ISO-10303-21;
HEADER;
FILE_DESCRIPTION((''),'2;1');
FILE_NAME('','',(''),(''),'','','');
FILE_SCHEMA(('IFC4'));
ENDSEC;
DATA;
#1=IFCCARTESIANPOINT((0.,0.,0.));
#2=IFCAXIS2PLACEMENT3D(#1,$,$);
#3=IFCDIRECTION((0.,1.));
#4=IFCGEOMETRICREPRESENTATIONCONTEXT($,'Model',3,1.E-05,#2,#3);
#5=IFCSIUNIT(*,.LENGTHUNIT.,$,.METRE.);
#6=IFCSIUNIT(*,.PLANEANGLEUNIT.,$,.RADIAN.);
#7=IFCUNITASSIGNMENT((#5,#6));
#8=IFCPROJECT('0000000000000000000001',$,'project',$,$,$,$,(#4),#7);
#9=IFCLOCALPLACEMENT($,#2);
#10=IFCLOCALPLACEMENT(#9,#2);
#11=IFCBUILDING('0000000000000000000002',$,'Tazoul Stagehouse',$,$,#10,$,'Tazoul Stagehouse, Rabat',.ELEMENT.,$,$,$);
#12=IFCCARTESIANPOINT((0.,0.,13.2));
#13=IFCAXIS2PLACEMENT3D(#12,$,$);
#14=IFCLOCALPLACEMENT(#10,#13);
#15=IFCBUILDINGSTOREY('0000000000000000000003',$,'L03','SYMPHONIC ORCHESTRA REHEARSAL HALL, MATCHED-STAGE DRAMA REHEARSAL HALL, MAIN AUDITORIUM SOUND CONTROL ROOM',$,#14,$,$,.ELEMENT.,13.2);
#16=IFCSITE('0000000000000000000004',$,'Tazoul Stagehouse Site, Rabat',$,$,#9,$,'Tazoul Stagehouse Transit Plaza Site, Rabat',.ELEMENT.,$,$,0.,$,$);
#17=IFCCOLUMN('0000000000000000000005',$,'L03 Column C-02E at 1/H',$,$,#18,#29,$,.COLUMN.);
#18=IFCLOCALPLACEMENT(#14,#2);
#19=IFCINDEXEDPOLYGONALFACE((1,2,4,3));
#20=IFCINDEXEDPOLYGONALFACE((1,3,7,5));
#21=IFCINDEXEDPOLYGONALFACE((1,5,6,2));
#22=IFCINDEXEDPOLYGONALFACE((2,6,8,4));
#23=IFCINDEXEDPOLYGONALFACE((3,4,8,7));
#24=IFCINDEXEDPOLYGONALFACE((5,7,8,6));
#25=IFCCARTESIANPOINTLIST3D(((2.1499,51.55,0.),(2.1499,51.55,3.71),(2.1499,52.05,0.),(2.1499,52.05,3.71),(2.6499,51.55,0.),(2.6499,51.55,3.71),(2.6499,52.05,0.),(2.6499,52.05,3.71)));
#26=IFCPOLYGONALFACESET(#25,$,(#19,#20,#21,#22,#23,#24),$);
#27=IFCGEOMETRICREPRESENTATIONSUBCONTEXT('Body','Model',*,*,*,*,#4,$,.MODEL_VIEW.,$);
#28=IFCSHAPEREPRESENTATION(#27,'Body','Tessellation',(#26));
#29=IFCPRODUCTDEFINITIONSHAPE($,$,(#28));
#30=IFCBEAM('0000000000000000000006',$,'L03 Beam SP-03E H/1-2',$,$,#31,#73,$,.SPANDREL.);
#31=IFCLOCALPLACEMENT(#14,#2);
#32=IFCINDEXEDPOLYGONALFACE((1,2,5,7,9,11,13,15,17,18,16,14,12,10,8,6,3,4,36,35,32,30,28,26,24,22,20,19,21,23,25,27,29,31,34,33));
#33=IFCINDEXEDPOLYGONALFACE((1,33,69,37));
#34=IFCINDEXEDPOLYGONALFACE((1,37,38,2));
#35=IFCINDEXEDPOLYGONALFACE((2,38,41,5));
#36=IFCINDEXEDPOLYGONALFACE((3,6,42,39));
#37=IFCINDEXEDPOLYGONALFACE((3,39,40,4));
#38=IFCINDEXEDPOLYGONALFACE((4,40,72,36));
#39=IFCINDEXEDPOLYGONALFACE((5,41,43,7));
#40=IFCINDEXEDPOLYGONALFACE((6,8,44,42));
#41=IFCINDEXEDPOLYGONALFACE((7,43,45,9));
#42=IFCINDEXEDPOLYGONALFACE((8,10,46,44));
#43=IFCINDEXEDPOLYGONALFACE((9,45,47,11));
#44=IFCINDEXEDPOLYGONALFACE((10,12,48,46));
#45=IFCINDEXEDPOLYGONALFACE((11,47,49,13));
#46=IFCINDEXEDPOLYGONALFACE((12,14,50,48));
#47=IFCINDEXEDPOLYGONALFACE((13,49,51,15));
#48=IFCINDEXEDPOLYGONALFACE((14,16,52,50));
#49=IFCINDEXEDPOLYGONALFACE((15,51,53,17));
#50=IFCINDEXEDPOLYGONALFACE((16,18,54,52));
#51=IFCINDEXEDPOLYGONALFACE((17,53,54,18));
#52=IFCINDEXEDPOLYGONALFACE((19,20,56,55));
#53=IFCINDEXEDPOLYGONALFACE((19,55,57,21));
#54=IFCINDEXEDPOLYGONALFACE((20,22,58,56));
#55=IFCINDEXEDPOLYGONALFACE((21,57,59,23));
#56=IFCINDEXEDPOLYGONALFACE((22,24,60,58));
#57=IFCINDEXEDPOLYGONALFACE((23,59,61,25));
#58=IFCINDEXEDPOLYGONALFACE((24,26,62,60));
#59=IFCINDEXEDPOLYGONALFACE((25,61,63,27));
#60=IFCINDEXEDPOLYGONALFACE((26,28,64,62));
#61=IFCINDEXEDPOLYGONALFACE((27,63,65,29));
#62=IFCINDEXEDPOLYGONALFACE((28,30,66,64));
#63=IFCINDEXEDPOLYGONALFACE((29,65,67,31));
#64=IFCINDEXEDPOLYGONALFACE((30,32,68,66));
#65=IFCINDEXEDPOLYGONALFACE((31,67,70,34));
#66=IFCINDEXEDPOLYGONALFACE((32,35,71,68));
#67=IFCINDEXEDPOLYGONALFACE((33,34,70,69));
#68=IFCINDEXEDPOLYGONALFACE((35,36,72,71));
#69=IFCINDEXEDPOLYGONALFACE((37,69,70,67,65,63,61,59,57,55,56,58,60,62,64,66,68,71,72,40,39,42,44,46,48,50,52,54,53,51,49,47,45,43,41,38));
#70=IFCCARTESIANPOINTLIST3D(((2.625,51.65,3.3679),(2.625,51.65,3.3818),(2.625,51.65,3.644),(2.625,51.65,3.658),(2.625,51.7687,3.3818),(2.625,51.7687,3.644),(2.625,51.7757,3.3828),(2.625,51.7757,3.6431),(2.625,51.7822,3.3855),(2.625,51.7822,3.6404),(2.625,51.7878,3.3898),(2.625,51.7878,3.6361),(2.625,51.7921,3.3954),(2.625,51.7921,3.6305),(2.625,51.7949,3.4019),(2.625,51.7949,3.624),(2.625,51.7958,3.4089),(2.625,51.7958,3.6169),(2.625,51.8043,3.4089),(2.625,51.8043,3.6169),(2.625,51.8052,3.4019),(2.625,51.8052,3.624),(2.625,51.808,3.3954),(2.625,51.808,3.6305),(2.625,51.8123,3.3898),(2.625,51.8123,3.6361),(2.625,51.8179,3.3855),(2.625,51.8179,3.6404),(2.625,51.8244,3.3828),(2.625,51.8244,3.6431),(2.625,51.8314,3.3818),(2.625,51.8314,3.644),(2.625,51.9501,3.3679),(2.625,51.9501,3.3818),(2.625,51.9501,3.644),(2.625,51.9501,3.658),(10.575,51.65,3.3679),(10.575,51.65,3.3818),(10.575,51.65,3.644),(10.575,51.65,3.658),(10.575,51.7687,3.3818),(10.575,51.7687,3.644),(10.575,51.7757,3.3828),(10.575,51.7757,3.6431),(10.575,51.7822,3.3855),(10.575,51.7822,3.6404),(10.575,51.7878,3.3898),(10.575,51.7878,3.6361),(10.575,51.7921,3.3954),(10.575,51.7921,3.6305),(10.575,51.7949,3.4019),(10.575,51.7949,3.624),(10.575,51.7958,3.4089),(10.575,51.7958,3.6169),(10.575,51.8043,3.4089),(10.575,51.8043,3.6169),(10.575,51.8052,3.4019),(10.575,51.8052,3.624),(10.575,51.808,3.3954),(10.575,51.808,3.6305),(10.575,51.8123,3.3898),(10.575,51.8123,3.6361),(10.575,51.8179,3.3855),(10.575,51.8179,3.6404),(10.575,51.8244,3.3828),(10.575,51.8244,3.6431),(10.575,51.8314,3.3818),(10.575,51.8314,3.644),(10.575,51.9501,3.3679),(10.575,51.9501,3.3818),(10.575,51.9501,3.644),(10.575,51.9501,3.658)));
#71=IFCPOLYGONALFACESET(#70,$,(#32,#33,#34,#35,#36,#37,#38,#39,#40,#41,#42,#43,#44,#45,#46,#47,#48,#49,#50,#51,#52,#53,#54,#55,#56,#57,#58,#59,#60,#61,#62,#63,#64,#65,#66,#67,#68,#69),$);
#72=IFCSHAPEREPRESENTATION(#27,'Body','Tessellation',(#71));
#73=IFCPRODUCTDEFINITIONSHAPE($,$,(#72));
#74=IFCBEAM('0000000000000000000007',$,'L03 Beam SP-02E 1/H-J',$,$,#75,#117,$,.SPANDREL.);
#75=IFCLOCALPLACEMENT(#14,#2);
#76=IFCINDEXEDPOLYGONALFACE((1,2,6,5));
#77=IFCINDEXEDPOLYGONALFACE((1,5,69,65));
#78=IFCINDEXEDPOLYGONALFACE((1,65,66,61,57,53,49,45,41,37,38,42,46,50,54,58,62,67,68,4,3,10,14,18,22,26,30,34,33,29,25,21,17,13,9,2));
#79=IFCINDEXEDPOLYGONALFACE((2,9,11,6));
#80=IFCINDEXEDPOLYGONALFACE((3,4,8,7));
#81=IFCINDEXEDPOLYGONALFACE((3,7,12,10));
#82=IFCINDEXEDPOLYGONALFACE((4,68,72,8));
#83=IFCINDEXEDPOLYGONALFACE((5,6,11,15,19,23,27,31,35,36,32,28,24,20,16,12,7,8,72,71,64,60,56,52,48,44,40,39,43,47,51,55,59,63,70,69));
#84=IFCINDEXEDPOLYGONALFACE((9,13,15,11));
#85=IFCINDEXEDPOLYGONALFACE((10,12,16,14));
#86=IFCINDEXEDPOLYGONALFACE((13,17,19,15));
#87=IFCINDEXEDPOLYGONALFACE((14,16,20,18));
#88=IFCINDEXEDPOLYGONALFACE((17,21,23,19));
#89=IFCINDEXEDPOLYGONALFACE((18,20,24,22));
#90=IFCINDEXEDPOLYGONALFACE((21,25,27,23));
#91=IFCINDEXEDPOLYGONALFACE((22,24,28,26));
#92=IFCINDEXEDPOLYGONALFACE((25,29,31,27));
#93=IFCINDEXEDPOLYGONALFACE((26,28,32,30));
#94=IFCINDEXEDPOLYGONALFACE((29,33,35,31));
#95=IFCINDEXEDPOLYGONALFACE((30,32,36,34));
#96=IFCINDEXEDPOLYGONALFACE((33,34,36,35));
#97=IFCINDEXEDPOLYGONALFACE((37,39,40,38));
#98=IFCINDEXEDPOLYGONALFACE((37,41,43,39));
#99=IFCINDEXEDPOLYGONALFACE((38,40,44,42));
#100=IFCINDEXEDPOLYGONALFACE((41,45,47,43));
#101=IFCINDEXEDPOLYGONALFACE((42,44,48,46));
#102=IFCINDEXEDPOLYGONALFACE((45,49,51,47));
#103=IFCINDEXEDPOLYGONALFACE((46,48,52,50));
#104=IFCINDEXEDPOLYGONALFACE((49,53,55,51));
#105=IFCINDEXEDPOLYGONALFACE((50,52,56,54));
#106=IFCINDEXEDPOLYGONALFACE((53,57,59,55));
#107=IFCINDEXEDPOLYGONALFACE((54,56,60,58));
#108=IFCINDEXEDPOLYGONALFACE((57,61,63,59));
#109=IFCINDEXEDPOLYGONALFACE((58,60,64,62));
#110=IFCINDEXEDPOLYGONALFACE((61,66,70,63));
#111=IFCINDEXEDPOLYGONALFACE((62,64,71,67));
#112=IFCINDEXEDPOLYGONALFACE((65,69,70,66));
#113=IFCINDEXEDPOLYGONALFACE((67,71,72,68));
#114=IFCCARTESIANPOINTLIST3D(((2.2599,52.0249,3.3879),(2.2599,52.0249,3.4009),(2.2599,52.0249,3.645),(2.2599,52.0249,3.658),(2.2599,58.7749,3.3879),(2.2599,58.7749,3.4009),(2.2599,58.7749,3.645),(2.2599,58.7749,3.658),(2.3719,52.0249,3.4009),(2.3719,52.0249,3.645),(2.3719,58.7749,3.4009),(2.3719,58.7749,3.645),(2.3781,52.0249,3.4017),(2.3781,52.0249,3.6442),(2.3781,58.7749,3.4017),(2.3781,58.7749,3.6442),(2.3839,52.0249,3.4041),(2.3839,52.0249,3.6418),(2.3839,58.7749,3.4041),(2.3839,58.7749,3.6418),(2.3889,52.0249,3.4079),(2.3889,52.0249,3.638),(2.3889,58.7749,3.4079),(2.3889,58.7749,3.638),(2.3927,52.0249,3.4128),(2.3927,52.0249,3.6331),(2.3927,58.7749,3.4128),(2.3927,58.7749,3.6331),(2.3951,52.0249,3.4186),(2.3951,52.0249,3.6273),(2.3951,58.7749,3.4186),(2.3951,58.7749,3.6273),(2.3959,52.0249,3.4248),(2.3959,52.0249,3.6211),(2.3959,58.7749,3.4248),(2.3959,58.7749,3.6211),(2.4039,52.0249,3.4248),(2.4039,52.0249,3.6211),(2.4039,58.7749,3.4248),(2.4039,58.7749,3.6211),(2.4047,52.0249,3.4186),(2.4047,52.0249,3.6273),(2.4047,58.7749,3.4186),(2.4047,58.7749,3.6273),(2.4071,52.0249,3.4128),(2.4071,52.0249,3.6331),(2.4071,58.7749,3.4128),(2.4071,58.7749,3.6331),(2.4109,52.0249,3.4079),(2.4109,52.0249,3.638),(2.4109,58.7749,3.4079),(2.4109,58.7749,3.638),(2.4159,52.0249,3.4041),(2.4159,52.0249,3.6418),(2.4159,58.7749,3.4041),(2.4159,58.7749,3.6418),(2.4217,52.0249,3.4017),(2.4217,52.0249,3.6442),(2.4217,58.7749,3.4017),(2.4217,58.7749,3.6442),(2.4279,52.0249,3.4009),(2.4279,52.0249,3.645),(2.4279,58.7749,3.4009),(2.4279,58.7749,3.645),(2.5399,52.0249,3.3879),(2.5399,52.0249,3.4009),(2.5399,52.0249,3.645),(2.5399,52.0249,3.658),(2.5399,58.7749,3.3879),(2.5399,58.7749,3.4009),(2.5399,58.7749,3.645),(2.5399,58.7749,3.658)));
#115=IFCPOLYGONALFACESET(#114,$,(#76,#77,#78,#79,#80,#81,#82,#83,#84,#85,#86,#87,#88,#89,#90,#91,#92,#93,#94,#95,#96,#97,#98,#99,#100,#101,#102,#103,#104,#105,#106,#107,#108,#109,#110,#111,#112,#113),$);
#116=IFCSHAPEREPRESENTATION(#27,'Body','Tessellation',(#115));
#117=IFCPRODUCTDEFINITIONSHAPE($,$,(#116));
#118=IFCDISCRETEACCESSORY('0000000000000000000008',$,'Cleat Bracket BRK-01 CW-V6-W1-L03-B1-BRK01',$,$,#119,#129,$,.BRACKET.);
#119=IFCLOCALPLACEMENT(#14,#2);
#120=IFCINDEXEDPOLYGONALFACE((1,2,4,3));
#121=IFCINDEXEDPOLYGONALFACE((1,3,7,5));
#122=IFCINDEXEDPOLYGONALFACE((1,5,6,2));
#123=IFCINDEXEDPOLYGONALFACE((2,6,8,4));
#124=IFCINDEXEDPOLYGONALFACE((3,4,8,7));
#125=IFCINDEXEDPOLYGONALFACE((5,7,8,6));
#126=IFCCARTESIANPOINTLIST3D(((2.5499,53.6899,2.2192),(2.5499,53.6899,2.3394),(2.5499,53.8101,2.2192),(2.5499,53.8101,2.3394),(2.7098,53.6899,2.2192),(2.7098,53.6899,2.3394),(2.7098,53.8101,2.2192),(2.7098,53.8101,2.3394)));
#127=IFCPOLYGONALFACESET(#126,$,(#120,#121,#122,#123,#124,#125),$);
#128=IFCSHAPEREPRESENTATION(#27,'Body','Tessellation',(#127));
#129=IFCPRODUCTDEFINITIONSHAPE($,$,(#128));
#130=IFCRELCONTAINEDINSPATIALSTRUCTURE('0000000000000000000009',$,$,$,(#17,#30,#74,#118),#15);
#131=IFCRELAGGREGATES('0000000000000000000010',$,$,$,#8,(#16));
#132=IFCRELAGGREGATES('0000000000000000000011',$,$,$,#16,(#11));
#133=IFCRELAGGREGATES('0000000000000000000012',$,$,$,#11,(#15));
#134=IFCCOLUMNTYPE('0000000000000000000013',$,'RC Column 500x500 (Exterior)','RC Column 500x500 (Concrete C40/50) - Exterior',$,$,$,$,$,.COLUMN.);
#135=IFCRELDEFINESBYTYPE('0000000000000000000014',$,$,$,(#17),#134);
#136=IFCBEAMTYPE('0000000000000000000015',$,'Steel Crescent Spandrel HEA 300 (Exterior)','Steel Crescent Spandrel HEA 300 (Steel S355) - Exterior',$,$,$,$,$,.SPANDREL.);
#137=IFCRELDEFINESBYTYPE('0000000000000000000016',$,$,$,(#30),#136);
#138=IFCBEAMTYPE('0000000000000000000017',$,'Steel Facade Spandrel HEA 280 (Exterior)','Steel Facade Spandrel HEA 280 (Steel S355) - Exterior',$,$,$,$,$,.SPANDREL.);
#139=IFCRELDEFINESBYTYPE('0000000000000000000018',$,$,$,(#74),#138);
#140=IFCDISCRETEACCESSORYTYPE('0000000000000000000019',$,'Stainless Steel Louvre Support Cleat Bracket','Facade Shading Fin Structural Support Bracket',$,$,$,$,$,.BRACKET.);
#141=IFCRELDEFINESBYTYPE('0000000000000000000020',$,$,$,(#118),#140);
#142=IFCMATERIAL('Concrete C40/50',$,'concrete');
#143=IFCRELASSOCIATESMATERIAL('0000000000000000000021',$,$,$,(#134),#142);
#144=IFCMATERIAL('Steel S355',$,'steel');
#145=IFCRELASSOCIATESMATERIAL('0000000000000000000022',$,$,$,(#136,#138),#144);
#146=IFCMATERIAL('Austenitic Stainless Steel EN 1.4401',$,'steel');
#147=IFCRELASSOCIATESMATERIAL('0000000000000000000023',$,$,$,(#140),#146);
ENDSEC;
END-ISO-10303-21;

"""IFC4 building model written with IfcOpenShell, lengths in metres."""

from ifc_helpers import new_model, si_unit, direction, frame, origin, origin_2d, place, context, subcontext, project, spatial, rectangle, i_section, extrude, material, material_profile, profile_set, type_object, element, save


model = new_model("IFC4")

# Units and contexts
model_context = context("Model", 3, precision=1e-05, world=origin(), true_north=direction((0.0, 1.0)))
body_context = subcontext(model_context, "Body", "Model", "MODEL_VIEW")
ifc_project = project(units=[si_unit("LENGTHUNIT", "METRE"), si_unit("PLANEANGLEUNIT", "RADIAN")], contexts=[model_context])

# Site, building, storey
site_placement = place(None, origin())
site = spatial("IfcSite", under=ifc_project, at=site_placement, Name="Tazoul Stagehouse Site, Rabat", LongName="Tazoul Stagehouse Transit Plaza Site, Rabat", CompositionType="ELEMENT", RefElevation=0.0)
building_placement = place(site_placement, origin())
building = spatial("IfcBuilding", under=site, at=building_placement, Name="Tazoul Stagehouse", LongName="Tazoul Stagehouse, Rabat", CompositionType="ELEMENT")
storey_placement = place(building_placement, frame((0.0, 0.0, 13.2)))
storey = spatial("IfcBuildingStorey", under=building, at=storey_placement, Name="L03", Description="SYMPHONIC ORCHESTRA REHEARSAL HALL, MATCHED-STAGE DRAMA REHEARSAL HALL, MAIN AUDITORIUM SOUND CONTROL ROOM", CompositionType="ELEMENT", Elevation=13.2)

# Column
ifc_material_1 = material(Name="Concrete C40/50", Category="concrete")
ifc_material_profile_1 = material_profile(ifc_material_1, rectangle(XDim=0.5, YDim=0.5, at=origin_2d()), Name="RC 500x500")
ifc_profile_set_1 = profile_set([ifc_material_profile_1], Name="Concrete C40/50")
column_type = type_object("IfcColumnType", Name="RC Column 500x500 (Exterior)", Description="RC Column 500x500 (Concrete C40/50) - Exterior", PredefinedType="COLUMN", material=ifc_profile_set_1)
column_placement = place(storey_placement, frame((2.3999, 51.8, 0.0), z_axis=(0.0, 0.0, 1.0), x_axis=(1.0, 0.0, 0.0)))
element("IfcColumn", 1, at=column_placement, inside=storey, type_object=column_type, Name="L03 Column C-02E at 1/H", PredefinedType="COLUMN", context=body_context, shape_type="SweptSolid", body=[
    extrude(rectangle(XDim=0.5, YDim=0.5, at=origin_2d()), origin(), (0.0, 0.0, 1.0), 3.71),
])

# Beams
ifc_material_2 = material(Name="Steel S355", Category="steel")
ifc_material_profile_2 = material_profile(ifc_material_2, i_section(OverallWidth=0.3, OverallDepth=0.29, WebThickness=0.0085, FlangeThickness=0.0139, FilletRadius=0.0271, at=origin_2d()), Name="HEA 300")
ifc_profile_set_2 = profile_set([ifc_material_profile_2], Name="Steel S355")
beam_type_1 = type_object("IfcBeamType", Name="Steel Crescent Spandrel HEA 300 (Exterior)", Description="Steel Crescent Spandrel HEA 300 (Steel S355) - Exterior", PredefinedType="SPANDREL", material=ifc_profile_set_2)
beam_1_placement = place(storey_placement, frame((2.625, 51.8, 3.5129), z_axis=(1.0, 0.0, 0.0), x_axis=(0.0, 1.0, 0.0)))
element("IfcBeam", 2, at=beam_1_placement, inside=storey, type_object=beam_type_1, Name="L03 Beam SP-03E H/1-2", PredefinedType="SPANDREL", context=body_context, shape_type="SweptSolid", body=[
    extrude(i_section(OverallWidth=0.3, OverallDepth=0.29, WebThickness=0.0085, FlangeThickness=0.0139, FilletRadius=0.0271, at=origin_2d()), origin(), (0.0, 0.0, 1.0), 7.95),
])
ifc_material_profile_3 = material_profile(ifc_material_2, i_section(OverallWidth=0.28, OverallDepth=0.27, WebThickness=0.0081, FlangeThickness=0.0129, FilletRadius=0.0239, at=origin_2d()), Name="HEA 280")
ifc_profile_set_3 = profile_set([ifc_material_profile_3], Name="Steel S355")
beam_type_2 = type_object("IfcBeamType", Name="Steel Facade Spandrel HEA 280 (Exterior)", Description="Steel Facade Spandrel HEA 280 (Steel S355) - Exterior", PredefinedType="SPANDREL", material=ifc_profile_set_3)
beam_2_placement = place(storey_placement, frame((2.3999, 52.0249, 3.5229), z_axis=(0.0, 1.0, 0.0), x_axis=(-1.0, 0.0, 0.0)))
element("IfcBeam", 3, at=beam_2_placement, inside=storey, type_object=beam_type_2, Name="L03 Beam SP-02E 1/H-J", PredefinedType="SPANDREL", context=body_context, shape_type="SweptSolid", body=[
    extrude(i_section(OverallWidth=0.28, OverallDepth=0.27, WebThickness=0.0081, FlangeThickness=0.0129, FilletRadius=0.0239, at=origin_2d()), origin(), (0.0, 0.0, 1.0), 6.75),
])

# Discrete accessory
ifc_material_3 = material(Name="Austenitic Stainless Steel EN 1.4401", Category="steel")
discrete_accessory_type = type_object("IfcDiscreteAccessoryType", Name="Stainless Steel Louvre Support Cleat Bracket", Description="Facade Shading Fin Structural Support Bracket", PredefinedType="BRACKET", material=ifc_material_3)
discrete_accessory_placement = place(storey_placement, frame((2.6299, 53.75, 2.2192), z_axis=(0.0, 0.0, 1.0), x_axis=(0.0, 1.0, 0.0)))
element("IfcDiscreteAccessory", 4, at=discrete_accessory_placement, inside=storey, type_object=discrete_accessory_type, Name="Cleat Bracket BRK-01 CW-V6-W1-L03-B1-BRK01", PredefinedType="BRACKET", context=body_context, shape_type="SweptSolid", body=[
    extrude(rectangle(XDim=0.1201, YDim=0.1599, at=origin_2d()), origin(), (0.0, 0.0, 1.0), 0.1201),
])

save(model, "model.ifc")
